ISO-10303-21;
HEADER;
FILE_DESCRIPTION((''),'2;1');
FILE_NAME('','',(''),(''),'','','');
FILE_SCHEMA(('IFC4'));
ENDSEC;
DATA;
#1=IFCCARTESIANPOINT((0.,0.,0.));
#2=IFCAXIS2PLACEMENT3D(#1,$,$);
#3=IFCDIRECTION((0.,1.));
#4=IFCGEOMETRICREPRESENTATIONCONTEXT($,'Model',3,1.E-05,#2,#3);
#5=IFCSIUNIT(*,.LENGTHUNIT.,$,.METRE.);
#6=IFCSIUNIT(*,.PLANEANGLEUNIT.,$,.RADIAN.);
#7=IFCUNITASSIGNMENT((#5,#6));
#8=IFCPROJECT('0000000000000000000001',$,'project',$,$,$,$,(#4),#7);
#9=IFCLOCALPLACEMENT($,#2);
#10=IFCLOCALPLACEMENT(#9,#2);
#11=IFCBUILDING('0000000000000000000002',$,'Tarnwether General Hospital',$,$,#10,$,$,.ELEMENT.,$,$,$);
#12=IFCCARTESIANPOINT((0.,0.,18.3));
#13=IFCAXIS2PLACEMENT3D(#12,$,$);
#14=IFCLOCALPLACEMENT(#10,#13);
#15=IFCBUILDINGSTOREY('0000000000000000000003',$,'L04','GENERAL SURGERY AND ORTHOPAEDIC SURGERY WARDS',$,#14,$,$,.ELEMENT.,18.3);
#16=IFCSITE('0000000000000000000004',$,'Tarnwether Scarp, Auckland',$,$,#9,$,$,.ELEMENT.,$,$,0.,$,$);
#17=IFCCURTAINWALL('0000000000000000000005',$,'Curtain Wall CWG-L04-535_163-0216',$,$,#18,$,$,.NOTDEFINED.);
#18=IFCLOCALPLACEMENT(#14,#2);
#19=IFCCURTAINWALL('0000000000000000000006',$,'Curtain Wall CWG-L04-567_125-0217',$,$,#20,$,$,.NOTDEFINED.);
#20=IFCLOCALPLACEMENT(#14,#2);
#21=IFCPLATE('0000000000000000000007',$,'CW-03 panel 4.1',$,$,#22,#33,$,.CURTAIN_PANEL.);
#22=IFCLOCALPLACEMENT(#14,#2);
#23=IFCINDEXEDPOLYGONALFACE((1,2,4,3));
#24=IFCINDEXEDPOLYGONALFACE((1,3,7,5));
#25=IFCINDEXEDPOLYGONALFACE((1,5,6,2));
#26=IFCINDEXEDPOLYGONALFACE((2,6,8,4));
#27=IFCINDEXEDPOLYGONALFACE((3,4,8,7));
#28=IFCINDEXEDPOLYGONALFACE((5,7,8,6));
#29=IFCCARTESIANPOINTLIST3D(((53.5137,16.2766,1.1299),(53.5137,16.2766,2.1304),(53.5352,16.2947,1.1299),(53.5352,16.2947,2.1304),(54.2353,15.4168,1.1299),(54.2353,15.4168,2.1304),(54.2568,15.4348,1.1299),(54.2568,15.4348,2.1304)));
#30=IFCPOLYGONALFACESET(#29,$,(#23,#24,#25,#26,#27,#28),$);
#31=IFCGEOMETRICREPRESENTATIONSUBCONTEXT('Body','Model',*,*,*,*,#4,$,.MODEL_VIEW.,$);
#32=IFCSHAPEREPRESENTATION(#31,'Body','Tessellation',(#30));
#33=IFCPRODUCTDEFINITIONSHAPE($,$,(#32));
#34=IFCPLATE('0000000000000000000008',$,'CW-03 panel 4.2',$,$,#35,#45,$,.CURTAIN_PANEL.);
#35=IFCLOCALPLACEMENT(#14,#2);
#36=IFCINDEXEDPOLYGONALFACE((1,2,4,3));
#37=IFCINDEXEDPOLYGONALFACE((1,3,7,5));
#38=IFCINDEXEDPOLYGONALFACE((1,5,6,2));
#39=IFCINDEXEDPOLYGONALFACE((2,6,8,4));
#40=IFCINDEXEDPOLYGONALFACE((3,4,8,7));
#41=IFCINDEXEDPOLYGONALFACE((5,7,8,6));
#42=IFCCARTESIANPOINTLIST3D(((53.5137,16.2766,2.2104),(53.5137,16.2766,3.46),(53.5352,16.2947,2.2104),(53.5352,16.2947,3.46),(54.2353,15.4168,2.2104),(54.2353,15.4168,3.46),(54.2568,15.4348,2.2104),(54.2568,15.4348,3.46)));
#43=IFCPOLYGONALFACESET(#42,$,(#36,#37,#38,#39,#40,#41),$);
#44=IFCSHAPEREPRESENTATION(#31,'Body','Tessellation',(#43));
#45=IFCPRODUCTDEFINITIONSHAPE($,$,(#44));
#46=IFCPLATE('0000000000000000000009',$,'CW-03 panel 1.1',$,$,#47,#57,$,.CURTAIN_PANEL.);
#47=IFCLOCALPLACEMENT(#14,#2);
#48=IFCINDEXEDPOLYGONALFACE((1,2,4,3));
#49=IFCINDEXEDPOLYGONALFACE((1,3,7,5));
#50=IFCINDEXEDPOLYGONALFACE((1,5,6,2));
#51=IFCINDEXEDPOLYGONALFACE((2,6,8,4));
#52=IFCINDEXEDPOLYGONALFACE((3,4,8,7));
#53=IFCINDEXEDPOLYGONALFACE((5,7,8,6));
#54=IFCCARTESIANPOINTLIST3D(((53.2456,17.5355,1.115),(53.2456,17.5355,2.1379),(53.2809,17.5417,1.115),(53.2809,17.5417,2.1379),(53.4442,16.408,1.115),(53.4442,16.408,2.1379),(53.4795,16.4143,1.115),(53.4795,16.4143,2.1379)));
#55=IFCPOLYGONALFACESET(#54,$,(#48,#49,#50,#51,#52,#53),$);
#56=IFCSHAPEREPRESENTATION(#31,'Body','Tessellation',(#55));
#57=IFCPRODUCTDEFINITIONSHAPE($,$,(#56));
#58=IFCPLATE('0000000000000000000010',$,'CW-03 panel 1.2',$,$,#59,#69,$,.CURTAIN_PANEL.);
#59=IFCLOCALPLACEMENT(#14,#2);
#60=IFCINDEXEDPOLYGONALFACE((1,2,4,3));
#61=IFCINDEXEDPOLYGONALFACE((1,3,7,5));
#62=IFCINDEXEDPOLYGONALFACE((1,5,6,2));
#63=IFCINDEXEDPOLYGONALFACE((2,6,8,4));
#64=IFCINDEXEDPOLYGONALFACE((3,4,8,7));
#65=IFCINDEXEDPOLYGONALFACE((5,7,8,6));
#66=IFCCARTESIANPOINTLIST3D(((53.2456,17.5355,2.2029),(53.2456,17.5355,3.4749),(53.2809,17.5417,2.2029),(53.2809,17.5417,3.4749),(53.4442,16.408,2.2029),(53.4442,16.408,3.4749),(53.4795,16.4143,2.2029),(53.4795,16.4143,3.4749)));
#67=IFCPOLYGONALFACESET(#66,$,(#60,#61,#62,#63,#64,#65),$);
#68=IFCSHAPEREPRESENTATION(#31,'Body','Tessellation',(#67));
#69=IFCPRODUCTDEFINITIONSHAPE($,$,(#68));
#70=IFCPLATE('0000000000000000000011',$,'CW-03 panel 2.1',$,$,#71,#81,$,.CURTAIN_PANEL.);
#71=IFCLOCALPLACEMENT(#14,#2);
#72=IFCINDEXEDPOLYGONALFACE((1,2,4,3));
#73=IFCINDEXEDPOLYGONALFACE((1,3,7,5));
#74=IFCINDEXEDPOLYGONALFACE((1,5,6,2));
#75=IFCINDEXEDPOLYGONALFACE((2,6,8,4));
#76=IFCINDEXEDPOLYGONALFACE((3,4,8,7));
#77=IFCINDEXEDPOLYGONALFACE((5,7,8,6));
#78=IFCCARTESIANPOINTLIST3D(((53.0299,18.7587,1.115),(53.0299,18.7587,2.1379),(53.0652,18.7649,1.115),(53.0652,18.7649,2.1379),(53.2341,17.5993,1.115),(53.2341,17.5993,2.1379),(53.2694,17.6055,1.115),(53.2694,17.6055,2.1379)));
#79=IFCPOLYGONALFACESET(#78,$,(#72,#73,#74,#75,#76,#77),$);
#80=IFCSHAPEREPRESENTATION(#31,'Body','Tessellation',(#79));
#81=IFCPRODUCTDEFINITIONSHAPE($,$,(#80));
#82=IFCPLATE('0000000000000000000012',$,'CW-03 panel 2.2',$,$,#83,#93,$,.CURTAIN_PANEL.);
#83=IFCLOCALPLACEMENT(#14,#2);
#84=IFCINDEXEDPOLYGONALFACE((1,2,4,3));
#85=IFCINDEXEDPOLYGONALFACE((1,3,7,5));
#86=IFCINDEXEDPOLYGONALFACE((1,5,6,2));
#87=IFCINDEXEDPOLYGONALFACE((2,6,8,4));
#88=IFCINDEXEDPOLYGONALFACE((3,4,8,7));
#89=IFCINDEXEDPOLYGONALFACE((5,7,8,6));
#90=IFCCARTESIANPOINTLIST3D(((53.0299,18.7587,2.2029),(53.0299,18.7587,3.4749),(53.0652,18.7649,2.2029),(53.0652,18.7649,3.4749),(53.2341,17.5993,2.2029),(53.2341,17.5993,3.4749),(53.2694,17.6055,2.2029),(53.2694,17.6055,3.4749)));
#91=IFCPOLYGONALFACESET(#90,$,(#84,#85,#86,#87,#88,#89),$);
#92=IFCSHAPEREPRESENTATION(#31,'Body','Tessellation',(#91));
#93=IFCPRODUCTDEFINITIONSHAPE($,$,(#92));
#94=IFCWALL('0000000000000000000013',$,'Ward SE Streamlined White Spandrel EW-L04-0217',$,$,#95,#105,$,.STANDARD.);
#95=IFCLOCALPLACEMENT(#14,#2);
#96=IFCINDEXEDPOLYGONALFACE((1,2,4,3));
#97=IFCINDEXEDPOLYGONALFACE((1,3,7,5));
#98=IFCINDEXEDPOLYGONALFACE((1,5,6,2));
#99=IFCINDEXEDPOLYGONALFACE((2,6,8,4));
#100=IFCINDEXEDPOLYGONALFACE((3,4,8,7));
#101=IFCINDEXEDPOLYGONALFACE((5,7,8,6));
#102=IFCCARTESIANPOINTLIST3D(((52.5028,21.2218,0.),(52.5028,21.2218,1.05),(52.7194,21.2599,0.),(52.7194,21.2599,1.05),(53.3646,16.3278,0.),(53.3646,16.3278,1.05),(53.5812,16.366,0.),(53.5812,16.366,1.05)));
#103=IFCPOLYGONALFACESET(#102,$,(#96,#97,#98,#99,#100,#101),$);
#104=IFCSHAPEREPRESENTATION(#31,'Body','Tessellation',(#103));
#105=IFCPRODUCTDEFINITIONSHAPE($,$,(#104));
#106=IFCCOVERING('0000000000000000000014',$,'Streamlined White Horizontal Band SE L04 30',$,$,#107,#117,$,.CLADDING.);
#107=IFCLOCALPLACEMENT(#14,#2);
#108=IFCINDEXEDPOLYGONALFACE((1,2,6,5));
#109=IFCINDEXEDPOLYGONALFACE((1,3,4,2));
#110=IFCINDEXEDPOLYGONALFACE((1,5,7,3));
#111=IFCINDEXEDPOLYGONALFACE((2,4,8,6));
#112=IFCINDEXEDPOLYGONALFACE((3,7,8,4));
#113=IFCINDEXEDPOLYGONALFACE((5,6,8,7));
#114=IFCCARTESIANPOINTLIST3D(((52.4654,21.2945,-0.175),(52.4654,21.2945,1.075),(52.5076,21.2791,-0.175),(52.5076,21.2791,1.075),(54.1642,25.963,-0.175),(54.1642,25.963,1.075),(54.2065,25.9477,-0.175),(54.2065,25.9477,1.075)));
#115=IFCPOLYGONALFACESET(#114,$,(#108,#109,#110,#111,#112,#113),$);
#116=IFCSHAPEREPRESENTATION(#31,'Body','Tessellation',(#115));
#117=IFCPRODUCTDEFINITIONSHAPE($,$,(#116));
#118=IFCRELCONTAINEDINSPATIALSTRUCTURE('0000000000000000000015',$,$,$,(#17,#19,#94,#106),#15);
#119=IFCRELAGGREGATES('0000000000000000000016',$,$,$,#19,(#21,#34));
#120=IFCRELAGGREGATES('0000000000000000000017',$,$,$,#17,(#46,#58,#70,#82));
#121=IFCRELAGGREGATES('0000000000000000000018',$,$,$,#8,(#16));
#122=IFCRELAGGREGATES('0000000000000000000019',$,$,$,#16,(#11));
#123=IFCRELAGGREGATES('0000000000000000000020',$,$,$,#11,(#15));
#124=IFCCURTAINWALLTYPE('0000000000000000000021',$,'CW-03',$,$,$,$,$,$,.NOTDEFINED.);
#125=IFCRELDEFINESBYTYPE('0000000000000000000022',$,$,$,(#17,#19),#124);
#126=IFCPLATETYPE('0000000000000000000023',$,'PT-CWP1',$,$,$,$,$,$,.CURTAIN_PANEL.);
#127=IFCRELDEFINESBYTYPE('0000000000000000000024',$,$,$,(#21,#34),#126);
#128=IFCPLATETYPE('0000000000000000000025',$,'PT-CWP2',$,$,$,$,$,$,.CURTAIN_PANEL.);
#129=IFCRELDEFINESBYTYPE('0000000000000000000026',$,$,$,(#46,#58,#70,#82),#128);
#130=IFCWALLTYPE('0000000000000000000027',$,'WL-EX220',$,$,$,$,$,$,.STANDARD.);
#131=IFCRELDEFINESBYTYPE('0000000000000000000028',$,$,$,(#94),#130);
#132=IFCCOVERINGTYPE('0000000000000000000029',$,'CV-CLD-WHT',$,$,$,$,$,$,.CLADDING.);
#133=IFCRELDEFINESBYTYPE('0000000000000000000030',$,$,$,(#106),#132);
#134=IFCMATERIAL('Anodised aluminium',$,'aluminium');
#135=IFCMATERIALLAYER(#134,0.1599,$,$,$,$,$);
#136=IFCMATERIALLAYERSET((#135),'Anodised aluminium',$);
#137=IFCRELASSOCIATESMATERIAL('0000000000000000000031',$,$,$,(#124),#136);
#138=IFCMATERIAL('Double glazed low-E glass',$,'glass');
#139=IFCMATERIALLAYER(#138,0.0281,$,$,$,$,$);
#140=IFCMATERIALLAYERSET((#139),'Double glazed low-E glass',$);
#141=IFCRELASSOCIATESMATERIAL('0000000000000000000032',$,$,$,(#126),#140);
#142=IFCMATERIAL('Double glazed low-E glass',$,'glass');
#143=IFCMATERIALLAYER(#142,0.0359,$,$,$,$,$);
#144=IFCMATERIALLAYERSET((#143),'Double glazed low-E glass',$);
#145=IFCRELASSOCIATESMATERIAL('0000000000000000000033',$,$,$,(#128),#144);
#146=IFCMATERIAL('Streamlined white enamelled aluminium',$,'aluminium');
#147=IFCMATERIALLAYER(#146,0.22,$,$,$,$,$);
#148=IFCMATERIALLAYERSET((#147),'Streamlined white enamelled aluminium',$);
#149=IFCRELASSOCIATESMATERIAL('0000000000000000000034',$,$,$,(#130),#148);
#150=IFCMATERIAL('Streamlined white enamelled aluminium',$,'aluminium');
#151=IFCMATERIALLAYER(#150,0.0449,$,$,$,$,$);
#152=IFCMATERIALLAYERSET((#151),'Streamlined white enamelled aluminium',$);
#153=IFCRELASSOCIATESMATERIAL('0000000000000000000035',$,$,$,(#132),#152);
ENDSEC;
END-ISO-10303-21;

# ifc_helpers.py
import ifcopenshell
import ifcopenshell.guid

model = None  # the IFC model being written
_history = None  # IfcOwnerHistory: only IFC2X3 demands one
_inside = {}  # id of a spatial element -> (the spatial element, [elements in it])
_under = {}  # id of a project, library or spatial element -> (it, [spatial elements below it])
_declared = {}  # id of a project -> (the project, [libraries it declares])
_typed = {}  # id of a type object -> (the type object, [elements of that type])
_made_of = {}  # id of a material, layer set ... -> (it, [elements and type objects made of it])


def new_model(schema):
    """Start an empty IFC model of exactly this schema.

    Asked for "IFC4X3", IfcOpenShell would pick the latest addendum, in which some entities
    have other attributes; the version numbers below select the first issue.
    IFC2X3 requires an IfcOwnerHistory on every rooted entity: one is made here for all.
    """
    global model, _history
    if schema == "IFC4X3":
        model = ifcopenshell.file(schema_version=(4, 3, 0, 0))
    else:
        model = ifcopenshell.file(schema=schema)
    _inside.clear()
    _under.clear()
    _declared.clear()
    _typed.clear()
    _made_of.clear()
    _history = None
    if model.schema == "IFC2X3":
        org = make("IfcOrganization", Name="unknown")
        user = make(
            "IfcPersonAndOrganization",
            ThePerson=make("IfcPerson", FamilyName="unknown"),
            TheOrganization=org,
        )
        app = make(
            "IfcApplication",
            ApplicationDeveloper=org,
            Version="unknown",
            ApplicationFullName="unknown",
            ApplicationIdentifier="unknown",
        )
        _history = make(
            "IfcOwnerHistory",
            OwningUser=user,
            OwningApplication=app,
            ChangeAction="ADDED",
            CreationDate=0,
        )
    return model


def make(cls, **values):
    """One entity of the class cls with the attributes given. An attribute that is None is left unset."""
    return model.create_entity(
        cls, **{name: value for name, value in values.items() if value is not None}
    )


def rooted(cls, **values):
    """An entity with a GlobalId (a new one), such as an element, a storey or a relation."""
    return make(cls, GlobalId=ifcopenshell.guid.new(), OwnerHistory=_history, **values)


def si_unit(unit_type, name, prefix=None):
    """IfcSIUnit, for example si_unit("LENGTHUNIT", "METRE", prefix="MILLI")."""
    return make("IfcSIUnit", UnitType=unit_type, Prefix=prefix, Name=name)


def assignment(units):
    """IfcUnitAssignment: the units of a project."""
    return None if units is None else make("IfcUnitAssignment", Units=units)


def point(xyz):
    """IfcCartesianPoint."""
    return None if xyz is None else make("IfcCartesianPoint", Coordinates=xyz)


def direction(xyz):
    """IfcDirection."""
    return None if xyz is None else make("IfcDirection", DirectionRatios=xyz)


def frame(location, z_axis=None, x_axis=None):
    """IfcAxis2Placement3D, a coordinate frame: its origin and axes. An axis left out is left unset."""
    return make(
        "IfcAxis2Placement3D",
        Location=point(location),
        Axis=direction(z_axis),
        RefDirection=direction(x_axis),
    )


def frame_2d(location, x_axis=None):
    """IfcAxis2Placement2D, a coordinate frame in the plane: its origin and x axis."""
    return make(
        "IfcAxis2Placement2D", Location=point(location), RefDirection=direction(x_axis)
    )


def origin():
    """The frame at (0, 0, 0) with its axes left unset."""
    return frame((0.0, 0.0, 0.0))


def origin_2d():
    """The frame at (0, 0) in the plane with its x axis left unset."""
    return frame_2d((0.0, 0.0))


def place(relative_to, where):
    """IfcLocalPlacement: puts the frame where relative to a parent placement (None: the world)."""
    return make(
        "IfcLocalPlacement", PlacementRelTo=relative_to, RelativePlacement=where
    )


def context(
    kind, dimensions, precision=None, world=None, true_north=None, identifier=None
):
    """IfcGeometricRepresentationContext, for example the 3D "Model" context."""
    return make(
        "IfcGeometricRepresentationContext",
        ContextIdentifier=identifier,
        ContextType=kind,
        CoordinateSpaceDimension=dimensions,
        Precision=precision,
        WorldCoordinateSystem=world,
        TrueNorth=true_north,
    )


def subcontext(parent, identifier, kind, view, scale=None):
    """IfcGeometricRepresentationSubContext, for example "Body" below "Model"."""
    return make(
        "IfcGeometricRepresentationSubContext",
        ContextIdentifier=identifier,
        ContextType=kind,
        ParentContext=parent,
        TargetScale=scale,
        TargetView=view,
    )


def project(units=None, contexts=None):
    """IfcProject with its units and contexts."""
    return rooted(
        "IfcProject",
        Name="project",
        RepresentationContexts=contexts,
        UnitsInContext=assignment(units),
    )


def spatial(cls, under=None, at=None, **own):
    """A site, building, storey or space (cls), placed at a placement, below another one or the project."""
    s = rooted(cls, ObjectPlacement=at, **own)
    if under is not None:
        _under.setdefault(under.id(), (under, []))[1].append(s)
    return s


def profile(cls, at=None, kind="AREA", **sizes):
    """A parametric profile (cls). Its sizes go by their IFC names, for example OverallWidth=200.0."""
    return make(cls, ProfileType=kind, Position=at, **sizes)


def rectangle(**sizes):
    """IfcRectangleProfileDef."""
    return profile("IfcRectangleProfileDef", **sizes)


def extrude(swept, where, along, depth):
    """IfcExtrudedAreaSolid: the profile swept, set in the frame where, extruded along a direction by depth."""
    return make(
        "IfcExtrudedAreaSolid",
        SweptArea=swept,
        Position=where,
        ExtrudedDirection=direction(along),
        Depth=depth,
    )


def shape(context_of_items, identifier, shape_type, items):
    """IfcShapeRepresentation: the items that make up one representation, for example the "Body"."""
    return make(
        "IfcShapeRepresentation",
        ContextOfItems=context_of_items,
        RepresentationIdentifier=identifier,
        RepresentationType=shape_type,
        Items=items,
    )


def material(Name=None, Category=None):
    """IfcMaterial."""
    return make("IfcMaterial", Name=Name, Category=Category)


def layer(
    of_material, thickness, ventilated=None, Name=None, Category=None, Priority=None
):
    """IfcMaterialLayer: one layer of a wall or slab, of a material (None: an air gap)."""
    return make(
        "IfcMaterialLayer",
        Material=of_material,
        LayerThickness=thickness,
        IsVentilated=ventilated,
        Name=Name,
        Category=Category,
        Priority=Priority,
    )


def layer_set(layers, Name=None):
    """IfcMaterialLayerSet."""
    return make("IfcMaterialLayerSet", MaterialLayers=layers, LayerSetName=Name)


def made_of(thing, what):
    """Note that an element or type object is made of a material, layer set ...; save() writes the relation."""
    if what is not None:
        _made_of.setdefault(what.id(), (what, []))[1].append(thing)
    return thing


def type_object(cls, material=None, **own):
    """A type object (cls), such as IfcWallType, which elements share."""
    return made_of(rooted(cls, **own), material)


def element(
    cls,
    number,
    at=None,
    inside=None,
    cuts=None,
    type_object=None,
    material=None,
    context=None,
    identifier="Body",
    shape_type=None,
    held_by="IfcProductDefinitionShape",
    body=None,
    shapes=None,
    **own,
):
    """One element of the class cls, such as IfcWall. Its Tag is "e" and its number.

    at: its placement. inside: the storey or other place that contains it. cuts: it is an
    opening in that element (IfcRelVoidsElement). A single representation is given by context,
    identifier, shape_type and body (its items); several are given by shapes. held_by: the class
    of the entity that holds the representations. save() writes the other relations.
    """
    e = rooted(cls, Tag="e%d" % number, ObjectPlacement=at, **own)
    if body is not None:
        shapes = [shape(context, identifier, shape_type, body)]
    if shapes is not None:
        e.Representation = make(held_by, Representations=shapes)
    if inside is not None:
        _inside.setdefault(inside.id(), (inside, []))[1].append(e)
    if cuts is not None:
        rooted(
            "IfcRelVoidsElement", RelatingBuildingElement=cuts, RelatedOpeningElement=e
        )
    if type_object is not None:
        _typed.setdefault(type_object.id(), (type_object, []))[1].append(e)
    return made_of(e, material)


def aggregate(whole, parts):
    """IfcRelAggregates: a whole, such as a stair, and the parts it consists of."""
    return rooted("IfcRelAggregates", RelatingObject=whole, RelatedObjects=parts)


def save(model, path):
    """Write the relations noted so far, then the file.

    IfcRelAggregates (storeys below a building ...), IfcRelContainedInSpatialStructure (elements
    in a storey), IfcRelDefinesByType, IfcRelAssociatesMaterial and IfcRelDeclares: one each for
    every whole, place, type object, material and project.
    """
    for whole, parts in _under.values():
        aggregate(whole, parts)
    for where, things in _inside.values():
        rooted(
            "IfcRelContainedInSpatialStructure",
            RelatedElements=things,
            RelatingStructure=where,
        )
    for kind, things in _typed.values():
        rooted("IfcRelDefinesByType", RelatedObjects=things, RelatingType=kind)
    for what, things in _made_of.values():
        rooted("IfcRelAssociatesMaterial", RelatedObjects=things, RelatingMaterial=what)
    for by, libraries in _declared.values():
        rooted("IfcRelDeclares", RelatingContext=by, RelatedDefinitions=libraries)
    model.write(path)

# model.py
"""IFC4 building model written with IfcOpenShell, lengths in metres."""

from ifc_helpers import new_model, si_unit, direction, frame, frame_2d, origin, origin_2d, place, context, subcontext, project, spatial, rectangle, extrude, material, layer, layer_set, type_object, element, aggregate, save


model = new_model("IFC4")

# Units and contexts
model_context = context("Model", 3, precision=1e-05, world=origin(), true_north=direction((0.0, 1.0)))
body_context = subcontext(model_context, "Body", "Model", "MODEL_VIEW")
ifc_project = project(units=[si_unit("LENGTHUNIT", "METRE"), si_unit("PLANEANGLEUNIT", "RADIAN")], contexts=[model_context])

# Site, building, storey
site_placement = place(None, origin())
site = spatial("IfcSite", under=ifc_project, at=site_placement, Name="Tarnwether Scarp, Auckland", CompositionType="ELEMENT", RefElevation=0.0)
building_placement = place(site_placement, origin())
building = spatial("IfcBuilding", under=site, at=building_placement, Name="Tarnwether General Hospital", CompositionType="ELEMENT")
storey_placement = place(building_placement, frame((0.0, 0.0, 18.3)))
storey = spatial("IfcBuildingStorey", under=building, at=storey_placement, Name="L04", Description="GENERAL SURGERY AND ORTHOPAEDIC SURGERY WARDS", CompositionType="ELEMENT", Elevation=18.3)

# Curtain wall
ifc_material_1 = material(Name="Anodised aluminium", Category="aluminium")
ifc_layer_1 = layer(ifc_material_1, 0.1599)
ifc_layer_set_1 = layer_set([ifc_layer_1], Name="Anodised aluminium")
curtain_wall_type = type_object("IfcCurtainWallType", Name="CW-03", PredefinedType="NOTDEFINED", material=ifc_layer_set_1)
curtain_wall_1_placement = place(storey_placement, origin())
curtain_wall_1 = element("IfcCurtainWall", 1, at=curtain_wall_1_placement, inside=storey, type_object=curtain_wall_type, Name="Curtain Wall CWG-L04-535_163-0216", PredefinedType="NOTDEFINED")

# Curtain wall
curtain_wall_2_placement = place(storey_placement, origin())
curtain_wall_2 = element("IfcCurtainWall", 2, at=curtain_wall_2_placement, inside=storey, type_object=curtain_wall_type, Name="Curtain Wall CWG-L04-567_125-0217", PredefinedType="NOTDEFINED")

# Plates
ifc_material_2 = material(Name="Double glazed low-E glass", Category="glass")
ifc_layer_2 = layer(ifc_material_2, 0.0281)
ifc_layer_set_2 = layer_set([ifc_layer_2], Name="Double glazed low-E glass")
plate_type_1 = type_object("IfcPlateType", Name="PT-CWP1", PredefinedType="CURTAIN_PANEL", material=ifc_layer_set_2)
plate_1_placement = place(storey_placement, frame((53.8853, 15.8557, 1.1299), z_axis=(0.0, 0.0, 1.0), x_axis=(-0.642852, 0.76599, 0.0)))
plate_1 = element("IfcPlate", 3, at=plate_1_placement, type_object=plate_type_1, Name="CW-03 panel 4.1", PredefinedType="CURTAIN_PANEL", context=body_context, shape_type="SweptSolid", body=[
    extrude(rectangle(XDim=1.1226, YDim=0.0281, at=origin_2d()), origin(), (0.0, 0.0, 1.0), 1.0005),
])
plate_2_placement = place(storey_placement, frame((53.8853, 15.8557, 2.2104), z_axis=(0.0, 0.0, 1.0), x_axis=(-0.642852, 0.76599, 0.0)))
plate_2 = element("IfcPlate", 4, at=plate_2_placement, type_object=plate_type_1, Name="CW-03 panel 4.2", PredefinedType="CURTAIN_PANEL", context=body_context, shape_type="SweptSolid", body=[
    extrude(rectangle(XDim=1.1226, YDim=0.0281, at=origin_2d()), origin(), (0.0, 0.0, 1.0), 1.2495),
])
aggregate(curtain_wall_2, [plate_1, plate_2])
ifc_material_3 = material(Name="Double glazed low-E glass", Category="glass")
ifc_layer_3 = layer(ifc_material_3, 0.0359)
ifc_layer_set_3 = layer_set([ifc_layer_3], Name="Double glazed low-E glass")
plate_type_2 = type_object("IfcPlateType", Name="PT-CWP2", PredefinedType="CURTAIN_PANEL", material=ifc_layer_set_3)
plate_3_placement = place(storey_placement, frame((53.3625, 16.9749, 1.115), z_axis=(0.0, 0.0, 1.0), x_axis=(-0.173464, 0.98484, 0.0)))
plate_3 = element("IfcPlate", 5, at=plate_3_placement, type_object=plate_type_2, Name="CW-03 panel 1.1", PredefinedType="CURTAIN_PANEL", context=body_context, shape_type="SweptSolid", body=[
    extrude(rectangle(XDim=1.1448, YDim=0.0359, at=origin_2d()), origin(), (0.0, 0.0, 1.0), 1.0229),
])
plate_4_placement = place(storey_placement, frame((53.3625, 16.9749, 2.2029), z_axis=(0.0, 0.0, 1.0), x_axis=(-0.173464, 0.98484, 0.0)))
plate_4 = element("IfcPlate", 6, at=plate_4_placement, type_object=plate_type_2, Name="CW-03 panel 1.2", PredefinedType="CURTAIN_PANEL", context=body_context, shape_type="SweptSolid", body=[
    extrude(rectangle(XDim=1.1448, YDim=0.0359, at=origin_2d()), origin(), (0.0, 0.0, 1.0), 1.272),
])
plate_5_placement = place(storey_placement, frame((53.1497, 18.1821, 1.115), z_axis=(0.0, 0.0, 1.0), x_axis=(-0.173464, 0.98484, 0.0)))
plate_5 = element("IfcPlate", 7, at=plate_5_placement, type_object=plate_type_2, Name="CW-03 panel 2.1", PredefinedType="CURTAIN_PANEL", context=body_context, shape_type="SweptSolid", body=[
    extrude(rectangle(XDim=1.1772, YDim=0.0359, at=origin_2d()), origin(), (0.0, 0.0, 1.0), 1.0229),
])
plate_6_placement = place(storey_placement, frame((53.1497, 18.1821, 2.2029), z_axis=(0.0, 0.0, 1.0), x_axis=(-0.173464, 0.98484, 0.0)))
plate_6 = element("IfcPlate", 8, at=plate_6_placement, type_object=plate_type_2, Name="CW-03 panel 2.2", PredefinedType="CURTAIN_PANEL", context=body_context, shape_type="SweptSolid", body=[
    extrude(rectangle(XDim=1.1772, YDim=0.0359, at=origin_2d()), origin(), (0.0, 0.0, 1.0), 1.272),
])
aggregate(curtain_wall_1, [plate_3, plate_4, plate_5, plate_6])

# Wall
ifc_material_4 = material(Name="Streamlined white enamelled aluminium", Category="aluminium")
ifc_layer_4 = layer(ifc_material_4, 0.22)
ifc_layer_set_4 = layer_set([ifc_layer_4], Name="Streamlined white enamelled aluminium")
wall_type = type_object("IfcWallType", Name="WL-EX220", PredefinedType="STANDARD", material=ifc_layer_set_4)
wall_placement = place(storey_placement, frame((53.4729, 16.3469, 0.0), z_axis=(0.0, 0.0, 1.0), x_axis=(-0.173427, 0.984847, 0.0)))
element("IfcWall", 9, at=wall_placement, inside=storey, type_object=wall_type, Name="Ward SE Streamlined White Spandrel EW-L04-0217", PredefinedType="STANDARD", context=body_context, shape_type="SweptSolid", body=[
    extrude(rectangle(XDim=4.9692, YDim=0.22, at=frame_2d((2.4846, 0.0))), origin(), (0.0, 0.0, 1.0), 1.05),
])

# Covering
ifc_material_5 = material(Name="Streamlined white enamelled aluminium", Category="aluminium")
ifc_layer_5 = layer(ifc_material_5, 0.0449)
ifc_layer_set_5 = layer_set([ifc_layer_5], Name="Streamlined white enamelled aluminium")
covering_type = type_object("IfcCoveringType", Name="CV-CLD-WHT", PredefinedType="CLADDING", material=ifc_layer_set_5)
covering_placement = place(storey_placement, frame((53.3359, 23.6211, -0.175), z_axis=(0.0, 0.0, 1.0), x_axis=(0.341955, 0.939716, 0.0)))
element("IfcCovering", 10, at=covering_placement, inside=storey, type_object=covering_type, Name="Streamlined White Horizontal Band SE L04 30", PredefinedType="CLADDING", context=body_context, shape_type="SweptSolid", body=[
    extrude(rectangle(XDim=4.968, YDim=0.0449, at=origin_2d()), origin(), (0.0, 0.0, 1.0), 1.25),
])

save(model, "model.ifc")
